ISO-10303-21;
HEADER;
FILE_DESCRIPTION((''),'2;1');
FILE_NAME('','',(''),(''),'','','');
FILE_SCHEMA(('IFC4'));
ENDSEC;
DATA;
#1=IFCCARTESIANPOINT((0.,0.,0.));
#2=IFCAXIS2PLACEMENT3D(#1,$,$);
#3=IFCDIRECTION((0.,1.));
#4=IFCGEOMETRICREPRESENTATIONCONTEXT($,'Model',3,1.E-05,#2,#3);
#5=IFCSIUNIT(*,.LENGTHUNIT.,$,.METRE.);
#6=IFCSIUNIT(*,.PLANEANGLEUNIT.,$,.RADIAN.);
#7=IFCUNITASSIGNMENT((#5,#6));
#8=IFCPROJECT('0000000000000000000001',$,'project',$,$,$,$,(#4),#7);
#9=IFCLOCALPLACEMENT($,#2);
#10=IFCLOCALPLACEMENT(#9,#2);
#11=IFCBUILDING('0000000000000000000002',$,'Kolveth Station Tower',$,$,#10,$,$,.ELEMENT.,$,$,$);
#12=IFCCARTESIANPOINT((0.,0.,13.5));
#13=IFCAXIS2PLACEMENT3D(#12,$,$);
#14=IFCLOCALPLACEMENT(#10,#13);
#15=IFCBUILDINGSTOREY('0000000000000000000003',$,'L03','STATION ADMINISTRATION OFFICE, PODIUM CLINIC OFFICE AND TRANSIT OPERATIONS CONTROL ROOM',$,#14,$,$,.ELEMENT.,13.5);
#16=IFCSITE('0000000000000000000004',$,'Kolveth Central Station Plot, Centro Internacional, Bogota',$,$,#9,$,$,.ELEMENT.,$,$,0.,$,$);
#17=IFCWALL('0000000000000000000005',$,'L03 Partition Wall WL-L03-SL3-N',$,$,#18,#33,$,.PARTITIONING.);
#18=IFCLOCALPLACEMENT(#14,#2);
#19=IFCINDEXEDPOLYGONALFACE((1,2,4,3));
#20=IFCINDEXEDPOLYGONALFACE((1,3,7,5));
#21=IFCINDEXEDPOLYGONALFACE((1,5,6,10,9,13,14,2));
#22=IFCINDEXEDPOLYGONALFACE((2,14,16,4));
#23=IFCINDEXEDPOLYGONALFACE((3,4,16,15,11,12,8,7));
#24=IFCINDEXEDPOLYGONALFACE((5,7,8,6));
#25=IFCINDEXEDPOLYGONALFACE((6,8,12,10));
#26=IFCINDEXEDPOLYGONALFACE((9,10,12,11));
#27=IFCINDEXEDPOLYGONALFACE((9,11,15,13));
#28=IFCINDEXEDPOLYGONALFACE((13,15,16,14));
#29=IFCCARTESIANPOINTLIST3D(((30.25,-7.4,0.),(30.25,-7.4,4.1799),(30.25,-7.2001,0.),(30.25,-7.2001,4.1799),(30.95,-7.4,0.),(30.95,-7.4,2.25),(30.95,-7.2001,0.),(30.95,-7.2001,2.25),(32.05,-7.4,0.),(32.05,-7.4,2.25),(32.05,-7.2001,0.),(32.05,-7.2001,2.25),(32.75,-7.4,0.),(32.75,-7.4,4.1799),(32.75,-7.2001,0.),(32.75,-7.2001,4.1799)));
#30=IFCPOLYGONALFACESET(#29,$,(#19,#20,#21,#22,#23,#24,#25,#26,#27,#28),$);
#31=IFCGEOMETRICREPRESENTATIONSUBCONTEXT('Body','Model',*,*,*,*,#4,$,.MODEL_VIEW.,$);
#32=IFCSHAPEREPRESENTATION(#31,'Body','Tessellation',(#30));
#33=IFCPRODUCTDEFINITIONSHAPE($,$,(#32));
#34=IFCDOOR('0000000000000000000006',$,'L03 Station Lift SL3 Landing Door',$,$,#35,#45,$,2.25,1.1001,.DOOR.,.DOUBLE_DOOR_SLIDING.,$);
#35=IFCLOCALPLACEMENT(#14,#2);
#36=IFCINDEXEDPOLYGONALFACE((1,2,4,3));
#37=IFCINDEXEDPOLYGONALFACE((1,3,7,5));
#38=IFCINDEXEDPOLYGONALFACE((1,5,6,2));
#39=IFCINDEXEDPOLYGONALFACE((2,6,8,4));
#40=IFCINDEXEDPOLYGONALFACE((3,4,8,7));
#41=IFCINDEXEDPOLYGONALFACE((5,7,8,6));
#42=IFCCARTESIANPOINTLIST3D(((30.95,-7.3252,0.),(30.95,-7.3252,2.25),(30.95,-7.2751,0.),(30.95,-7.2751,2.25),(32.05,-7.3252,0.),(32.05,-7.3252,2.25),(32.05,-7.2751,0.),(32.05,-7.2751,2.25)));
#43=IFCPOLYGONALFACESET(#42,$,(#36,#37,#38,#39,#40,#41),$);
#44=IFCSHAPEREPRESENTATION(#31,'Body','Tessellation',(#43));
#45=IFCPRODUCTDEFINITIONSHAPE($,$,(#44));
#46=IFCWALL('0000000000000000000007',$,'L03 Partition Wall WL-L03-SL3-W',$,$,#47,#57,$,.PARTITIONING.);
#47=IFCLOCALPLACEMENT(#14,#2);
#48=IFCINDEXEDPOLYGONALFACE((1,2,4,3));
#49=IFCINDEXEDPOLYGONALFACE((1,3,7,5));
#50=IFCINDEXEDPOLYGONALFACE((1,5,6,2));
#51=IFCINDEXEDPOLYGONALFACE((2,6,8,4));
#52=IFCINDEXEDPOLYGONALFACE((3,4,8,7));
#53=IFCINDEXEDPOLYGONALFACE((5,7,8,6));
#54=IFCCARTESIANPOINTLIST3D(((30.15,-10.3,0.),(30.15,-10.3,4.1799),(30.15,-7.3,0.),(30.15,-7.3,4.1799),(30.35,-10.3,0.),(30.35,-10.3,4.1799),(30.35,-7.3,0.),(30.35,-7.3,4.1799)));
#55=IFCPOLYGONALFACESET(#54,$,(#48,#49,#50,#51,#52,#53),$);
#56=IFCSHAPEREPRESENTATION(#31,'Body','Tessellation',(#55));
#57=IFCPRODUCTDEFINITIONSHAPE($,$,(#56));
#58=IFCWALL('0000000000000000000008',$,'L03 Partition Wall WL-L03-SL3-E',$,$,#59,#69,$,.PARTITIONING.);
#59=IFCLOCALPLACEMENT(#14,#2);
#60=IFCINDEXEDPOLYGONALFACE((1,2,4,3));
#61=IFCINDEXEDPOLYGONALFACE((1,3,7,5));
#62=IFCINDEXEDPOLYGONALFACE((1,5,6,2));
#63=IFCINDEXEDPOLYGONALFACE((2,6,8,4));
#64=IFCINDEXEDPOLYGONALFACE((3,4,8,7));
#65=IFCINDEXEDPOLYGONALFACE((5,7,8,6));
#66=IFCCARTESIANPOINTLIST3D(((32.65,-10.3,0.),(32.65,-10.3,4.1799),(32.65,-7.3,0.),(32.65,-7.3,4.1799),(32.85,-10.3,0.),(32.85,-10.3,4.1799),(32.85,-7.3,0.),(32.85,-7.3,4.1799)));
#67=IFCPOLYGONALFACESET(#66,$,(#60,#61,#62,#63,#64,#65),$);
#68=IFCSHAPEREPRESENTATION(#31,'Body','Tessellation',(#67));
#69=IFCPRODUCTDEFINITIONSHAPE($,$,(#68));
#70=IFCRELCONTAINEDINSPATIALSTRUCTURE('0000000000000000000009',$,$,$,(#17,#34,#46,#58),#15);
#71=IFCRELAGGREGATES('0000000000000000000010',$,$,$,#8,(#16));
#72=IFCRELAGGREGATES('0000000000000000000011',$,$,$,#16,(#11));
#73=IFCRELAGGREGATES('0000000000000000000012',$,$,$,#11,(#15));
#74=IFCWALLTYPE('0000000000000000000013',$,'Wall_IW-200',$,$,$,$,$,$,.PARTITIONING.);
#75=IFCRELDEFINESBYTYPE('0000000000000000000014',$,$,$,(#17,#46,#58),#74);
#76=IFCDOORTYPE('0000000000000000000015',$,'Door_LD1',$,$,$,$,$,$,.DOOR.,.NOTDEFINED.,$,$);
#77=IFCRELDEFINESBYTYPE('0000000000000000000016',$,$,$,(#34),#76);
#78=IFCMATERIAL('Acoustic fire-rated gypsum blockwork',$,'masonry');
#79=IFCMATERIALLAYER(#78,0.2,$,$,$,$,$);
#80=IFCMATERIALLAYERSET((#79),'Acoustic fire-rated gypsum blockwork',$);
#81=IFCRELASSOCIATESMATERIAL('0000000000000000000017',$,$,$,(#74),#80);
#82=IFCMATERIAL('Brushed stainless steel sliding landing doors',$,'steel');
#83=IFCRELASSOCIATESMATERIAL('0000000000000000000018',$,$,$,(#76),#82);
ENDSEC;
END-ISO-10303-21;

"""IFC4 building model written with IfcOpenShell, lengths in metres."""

from ifc_helpers import new_model, si_unit, direction, frame, frame_2d, origin, place, context, subcontext, project, spatial, rectangle, extrude, material, layer, layer_set, type_object, element, fill, save


model = new_model("IFC4")

# Units and contexts
model_context = context("Model", 3, precision=1e-05, world=origin(), true_north=direction((0.0, 1.0)))
body_context = subcontext(model_context, "Body", "Model", "MODEL_VIEW")
ifc_project = project(units=[si_unit("LENGTHUNIT", "METRE"), si_unit("PLANEANGLEUNIT", "RADIAN")], contexts=[model_context])

# Site, building, storey
site_placement = place(None, origin())
site = spatial("IfcSite", under=ifc_project, at=site_placement, Name="Kolveth Central Station Plot, Centro Internacional, Bogota", CompositionType="ELEMENT", RefElevation=0.0)
building_placement = place(site_placement, origin())
building = spatial("IfcBuilding", under=site, at=building_placement, Name="Kolveth Station Tower", CompositionType="ELEMENT")
storey_placement = place(building_placement, frame((0.0, 0.0, 13.5)))
storey = spatial("IfcBuildingStorey", under=building, at=storey_placement, Name="L03", Description="STATION ADMINISTRATION OFFICE, PODIUM CLINIC OFFICE AND TRANSIT OPERATIONS CONTROL ROOM", CompositionType="ELEMENT", Elevation=13.5)

# Shared definitions
ifc_material_1 = material(Name="Acoustic fire-rated gypsum blockwork", Category="masonry")
ifc_layer_1 = layer(ifc_material_1, 0.2)
ifc_layer_set_1 = layer_set([ifc_layer_1], Name="Acoustic fire-rated gypsum blockwork")
wall_type_1 = type_object("IfcWallType", Name="Wall_IW-200", PredefinedType="PARTITIONING", material=ifc_layer_set_1)

# Wall, opening, door
wall_1_placement = place(storey_placement, frame((30.25, -7.3, 0.0), z_axis=(0.0, 0.0, 1.0), x_axis=(1.0, 0.0, 0.0)))
wall_1 = element("IfcWall", 1, at=wall_1_placement, inside=storey, type_object=wall_type_1, Name="L03 Partition Wall WL-L03-SL3-N", PredefinedType="PARTITIONING", context=body_context, shape_type="SweptSolid", body=[
    extrude(rectangle(XDim=2.5, YDim=0.2, at=frame_2d((1.25, 0.0))), origin(), (0.0, 0.0, 1.0), 4.1799),
])
opening_1_placement = place(wall_1_placement, frame((0.7, 0.0, 0.0)))
opening_1 = element("IfcOpeningElement", 2, at=opening_1_placement, cuts=wall_1, PredefinedType="OPENING", context=body_context, shape_type="SweptSolid", body=[
    extrude(rectangle(XDim=1.1001, YDim=2.25, at=frame_2d((0.55, 1.125))), frame((0.0, 0.1099, 0.0), z_axis=(0.0, -1.0, 0.0), x_axis=(1.0, 0.0, 0.0)), (0.0, 0.0, 1.0), 0.22),
])
ifc_material_2 = material(Name="Brushed stainless steel sliding landing doors", Category="steel")
door_type_1 = type_object("IfcDoorType", Name="Door_LD1", OperationType="NOTDEFINED", PredefinedType="DOOR", material=ifc_material_2)
door_1_placement = place(opening_1_placement, origin())
door_1 = element("IfcDoor", 3, at=door_1_placement, inside=storey, type_object=door_type_1, Name="L03 Station Lift SL3 Landing Door", OperationType="DOUBLE_DOOR_SLIDING", OverallHeight=2.25, OverallWidth=1.1001, PredefinedType="DOOR", context=body_context, shape_type="SweptSolid", body=[
    extrude(rectangle(XDim=1.1001, YDim=2.25, at=frame_2d((0.55, 1.125))), frame((0.0, 0.0249, 0.0), z_axis=(0.0, -1.0, 0.0), x_axis=(1.0, 0.0, 0.0)), (0.0, 0.0, 1.0), 0.05),
])
fill(opening_1, door_1)

# Walls
for number, where, z_axis, x_axis, name in (
    (4, (30.25, -10.3, 0.0), (0.0, 0.0, 1.0), (0.0, 1.0, 0.0), "L03 Partition Wall WL-L03-SL3-W"),
    (5, (32.75, -10.3, 0.0), (0.0, 0.0, 1.0), (0.0, 1.0, 0.0), "L03 Partition Wall WL-L03-SL3-E"),
):
    element("IfcWall", number, at=place(storey_placement, frame(where, z_axis=z_axis, x_axis=x_axis)), inside=storey, type_object=wall_type_1, Name=name, PredefinedType="PARTITIONING", context=body_context, shape_type="SweptSolid", body=[
        extrude(rectangle(XDim=3.0, YDim=0.2, at=frame_2d((1.5, 0.0))), origin(), (0.0, 0.0, 1.0), 4.1799),
    ])

save(model, "model.ifc")
